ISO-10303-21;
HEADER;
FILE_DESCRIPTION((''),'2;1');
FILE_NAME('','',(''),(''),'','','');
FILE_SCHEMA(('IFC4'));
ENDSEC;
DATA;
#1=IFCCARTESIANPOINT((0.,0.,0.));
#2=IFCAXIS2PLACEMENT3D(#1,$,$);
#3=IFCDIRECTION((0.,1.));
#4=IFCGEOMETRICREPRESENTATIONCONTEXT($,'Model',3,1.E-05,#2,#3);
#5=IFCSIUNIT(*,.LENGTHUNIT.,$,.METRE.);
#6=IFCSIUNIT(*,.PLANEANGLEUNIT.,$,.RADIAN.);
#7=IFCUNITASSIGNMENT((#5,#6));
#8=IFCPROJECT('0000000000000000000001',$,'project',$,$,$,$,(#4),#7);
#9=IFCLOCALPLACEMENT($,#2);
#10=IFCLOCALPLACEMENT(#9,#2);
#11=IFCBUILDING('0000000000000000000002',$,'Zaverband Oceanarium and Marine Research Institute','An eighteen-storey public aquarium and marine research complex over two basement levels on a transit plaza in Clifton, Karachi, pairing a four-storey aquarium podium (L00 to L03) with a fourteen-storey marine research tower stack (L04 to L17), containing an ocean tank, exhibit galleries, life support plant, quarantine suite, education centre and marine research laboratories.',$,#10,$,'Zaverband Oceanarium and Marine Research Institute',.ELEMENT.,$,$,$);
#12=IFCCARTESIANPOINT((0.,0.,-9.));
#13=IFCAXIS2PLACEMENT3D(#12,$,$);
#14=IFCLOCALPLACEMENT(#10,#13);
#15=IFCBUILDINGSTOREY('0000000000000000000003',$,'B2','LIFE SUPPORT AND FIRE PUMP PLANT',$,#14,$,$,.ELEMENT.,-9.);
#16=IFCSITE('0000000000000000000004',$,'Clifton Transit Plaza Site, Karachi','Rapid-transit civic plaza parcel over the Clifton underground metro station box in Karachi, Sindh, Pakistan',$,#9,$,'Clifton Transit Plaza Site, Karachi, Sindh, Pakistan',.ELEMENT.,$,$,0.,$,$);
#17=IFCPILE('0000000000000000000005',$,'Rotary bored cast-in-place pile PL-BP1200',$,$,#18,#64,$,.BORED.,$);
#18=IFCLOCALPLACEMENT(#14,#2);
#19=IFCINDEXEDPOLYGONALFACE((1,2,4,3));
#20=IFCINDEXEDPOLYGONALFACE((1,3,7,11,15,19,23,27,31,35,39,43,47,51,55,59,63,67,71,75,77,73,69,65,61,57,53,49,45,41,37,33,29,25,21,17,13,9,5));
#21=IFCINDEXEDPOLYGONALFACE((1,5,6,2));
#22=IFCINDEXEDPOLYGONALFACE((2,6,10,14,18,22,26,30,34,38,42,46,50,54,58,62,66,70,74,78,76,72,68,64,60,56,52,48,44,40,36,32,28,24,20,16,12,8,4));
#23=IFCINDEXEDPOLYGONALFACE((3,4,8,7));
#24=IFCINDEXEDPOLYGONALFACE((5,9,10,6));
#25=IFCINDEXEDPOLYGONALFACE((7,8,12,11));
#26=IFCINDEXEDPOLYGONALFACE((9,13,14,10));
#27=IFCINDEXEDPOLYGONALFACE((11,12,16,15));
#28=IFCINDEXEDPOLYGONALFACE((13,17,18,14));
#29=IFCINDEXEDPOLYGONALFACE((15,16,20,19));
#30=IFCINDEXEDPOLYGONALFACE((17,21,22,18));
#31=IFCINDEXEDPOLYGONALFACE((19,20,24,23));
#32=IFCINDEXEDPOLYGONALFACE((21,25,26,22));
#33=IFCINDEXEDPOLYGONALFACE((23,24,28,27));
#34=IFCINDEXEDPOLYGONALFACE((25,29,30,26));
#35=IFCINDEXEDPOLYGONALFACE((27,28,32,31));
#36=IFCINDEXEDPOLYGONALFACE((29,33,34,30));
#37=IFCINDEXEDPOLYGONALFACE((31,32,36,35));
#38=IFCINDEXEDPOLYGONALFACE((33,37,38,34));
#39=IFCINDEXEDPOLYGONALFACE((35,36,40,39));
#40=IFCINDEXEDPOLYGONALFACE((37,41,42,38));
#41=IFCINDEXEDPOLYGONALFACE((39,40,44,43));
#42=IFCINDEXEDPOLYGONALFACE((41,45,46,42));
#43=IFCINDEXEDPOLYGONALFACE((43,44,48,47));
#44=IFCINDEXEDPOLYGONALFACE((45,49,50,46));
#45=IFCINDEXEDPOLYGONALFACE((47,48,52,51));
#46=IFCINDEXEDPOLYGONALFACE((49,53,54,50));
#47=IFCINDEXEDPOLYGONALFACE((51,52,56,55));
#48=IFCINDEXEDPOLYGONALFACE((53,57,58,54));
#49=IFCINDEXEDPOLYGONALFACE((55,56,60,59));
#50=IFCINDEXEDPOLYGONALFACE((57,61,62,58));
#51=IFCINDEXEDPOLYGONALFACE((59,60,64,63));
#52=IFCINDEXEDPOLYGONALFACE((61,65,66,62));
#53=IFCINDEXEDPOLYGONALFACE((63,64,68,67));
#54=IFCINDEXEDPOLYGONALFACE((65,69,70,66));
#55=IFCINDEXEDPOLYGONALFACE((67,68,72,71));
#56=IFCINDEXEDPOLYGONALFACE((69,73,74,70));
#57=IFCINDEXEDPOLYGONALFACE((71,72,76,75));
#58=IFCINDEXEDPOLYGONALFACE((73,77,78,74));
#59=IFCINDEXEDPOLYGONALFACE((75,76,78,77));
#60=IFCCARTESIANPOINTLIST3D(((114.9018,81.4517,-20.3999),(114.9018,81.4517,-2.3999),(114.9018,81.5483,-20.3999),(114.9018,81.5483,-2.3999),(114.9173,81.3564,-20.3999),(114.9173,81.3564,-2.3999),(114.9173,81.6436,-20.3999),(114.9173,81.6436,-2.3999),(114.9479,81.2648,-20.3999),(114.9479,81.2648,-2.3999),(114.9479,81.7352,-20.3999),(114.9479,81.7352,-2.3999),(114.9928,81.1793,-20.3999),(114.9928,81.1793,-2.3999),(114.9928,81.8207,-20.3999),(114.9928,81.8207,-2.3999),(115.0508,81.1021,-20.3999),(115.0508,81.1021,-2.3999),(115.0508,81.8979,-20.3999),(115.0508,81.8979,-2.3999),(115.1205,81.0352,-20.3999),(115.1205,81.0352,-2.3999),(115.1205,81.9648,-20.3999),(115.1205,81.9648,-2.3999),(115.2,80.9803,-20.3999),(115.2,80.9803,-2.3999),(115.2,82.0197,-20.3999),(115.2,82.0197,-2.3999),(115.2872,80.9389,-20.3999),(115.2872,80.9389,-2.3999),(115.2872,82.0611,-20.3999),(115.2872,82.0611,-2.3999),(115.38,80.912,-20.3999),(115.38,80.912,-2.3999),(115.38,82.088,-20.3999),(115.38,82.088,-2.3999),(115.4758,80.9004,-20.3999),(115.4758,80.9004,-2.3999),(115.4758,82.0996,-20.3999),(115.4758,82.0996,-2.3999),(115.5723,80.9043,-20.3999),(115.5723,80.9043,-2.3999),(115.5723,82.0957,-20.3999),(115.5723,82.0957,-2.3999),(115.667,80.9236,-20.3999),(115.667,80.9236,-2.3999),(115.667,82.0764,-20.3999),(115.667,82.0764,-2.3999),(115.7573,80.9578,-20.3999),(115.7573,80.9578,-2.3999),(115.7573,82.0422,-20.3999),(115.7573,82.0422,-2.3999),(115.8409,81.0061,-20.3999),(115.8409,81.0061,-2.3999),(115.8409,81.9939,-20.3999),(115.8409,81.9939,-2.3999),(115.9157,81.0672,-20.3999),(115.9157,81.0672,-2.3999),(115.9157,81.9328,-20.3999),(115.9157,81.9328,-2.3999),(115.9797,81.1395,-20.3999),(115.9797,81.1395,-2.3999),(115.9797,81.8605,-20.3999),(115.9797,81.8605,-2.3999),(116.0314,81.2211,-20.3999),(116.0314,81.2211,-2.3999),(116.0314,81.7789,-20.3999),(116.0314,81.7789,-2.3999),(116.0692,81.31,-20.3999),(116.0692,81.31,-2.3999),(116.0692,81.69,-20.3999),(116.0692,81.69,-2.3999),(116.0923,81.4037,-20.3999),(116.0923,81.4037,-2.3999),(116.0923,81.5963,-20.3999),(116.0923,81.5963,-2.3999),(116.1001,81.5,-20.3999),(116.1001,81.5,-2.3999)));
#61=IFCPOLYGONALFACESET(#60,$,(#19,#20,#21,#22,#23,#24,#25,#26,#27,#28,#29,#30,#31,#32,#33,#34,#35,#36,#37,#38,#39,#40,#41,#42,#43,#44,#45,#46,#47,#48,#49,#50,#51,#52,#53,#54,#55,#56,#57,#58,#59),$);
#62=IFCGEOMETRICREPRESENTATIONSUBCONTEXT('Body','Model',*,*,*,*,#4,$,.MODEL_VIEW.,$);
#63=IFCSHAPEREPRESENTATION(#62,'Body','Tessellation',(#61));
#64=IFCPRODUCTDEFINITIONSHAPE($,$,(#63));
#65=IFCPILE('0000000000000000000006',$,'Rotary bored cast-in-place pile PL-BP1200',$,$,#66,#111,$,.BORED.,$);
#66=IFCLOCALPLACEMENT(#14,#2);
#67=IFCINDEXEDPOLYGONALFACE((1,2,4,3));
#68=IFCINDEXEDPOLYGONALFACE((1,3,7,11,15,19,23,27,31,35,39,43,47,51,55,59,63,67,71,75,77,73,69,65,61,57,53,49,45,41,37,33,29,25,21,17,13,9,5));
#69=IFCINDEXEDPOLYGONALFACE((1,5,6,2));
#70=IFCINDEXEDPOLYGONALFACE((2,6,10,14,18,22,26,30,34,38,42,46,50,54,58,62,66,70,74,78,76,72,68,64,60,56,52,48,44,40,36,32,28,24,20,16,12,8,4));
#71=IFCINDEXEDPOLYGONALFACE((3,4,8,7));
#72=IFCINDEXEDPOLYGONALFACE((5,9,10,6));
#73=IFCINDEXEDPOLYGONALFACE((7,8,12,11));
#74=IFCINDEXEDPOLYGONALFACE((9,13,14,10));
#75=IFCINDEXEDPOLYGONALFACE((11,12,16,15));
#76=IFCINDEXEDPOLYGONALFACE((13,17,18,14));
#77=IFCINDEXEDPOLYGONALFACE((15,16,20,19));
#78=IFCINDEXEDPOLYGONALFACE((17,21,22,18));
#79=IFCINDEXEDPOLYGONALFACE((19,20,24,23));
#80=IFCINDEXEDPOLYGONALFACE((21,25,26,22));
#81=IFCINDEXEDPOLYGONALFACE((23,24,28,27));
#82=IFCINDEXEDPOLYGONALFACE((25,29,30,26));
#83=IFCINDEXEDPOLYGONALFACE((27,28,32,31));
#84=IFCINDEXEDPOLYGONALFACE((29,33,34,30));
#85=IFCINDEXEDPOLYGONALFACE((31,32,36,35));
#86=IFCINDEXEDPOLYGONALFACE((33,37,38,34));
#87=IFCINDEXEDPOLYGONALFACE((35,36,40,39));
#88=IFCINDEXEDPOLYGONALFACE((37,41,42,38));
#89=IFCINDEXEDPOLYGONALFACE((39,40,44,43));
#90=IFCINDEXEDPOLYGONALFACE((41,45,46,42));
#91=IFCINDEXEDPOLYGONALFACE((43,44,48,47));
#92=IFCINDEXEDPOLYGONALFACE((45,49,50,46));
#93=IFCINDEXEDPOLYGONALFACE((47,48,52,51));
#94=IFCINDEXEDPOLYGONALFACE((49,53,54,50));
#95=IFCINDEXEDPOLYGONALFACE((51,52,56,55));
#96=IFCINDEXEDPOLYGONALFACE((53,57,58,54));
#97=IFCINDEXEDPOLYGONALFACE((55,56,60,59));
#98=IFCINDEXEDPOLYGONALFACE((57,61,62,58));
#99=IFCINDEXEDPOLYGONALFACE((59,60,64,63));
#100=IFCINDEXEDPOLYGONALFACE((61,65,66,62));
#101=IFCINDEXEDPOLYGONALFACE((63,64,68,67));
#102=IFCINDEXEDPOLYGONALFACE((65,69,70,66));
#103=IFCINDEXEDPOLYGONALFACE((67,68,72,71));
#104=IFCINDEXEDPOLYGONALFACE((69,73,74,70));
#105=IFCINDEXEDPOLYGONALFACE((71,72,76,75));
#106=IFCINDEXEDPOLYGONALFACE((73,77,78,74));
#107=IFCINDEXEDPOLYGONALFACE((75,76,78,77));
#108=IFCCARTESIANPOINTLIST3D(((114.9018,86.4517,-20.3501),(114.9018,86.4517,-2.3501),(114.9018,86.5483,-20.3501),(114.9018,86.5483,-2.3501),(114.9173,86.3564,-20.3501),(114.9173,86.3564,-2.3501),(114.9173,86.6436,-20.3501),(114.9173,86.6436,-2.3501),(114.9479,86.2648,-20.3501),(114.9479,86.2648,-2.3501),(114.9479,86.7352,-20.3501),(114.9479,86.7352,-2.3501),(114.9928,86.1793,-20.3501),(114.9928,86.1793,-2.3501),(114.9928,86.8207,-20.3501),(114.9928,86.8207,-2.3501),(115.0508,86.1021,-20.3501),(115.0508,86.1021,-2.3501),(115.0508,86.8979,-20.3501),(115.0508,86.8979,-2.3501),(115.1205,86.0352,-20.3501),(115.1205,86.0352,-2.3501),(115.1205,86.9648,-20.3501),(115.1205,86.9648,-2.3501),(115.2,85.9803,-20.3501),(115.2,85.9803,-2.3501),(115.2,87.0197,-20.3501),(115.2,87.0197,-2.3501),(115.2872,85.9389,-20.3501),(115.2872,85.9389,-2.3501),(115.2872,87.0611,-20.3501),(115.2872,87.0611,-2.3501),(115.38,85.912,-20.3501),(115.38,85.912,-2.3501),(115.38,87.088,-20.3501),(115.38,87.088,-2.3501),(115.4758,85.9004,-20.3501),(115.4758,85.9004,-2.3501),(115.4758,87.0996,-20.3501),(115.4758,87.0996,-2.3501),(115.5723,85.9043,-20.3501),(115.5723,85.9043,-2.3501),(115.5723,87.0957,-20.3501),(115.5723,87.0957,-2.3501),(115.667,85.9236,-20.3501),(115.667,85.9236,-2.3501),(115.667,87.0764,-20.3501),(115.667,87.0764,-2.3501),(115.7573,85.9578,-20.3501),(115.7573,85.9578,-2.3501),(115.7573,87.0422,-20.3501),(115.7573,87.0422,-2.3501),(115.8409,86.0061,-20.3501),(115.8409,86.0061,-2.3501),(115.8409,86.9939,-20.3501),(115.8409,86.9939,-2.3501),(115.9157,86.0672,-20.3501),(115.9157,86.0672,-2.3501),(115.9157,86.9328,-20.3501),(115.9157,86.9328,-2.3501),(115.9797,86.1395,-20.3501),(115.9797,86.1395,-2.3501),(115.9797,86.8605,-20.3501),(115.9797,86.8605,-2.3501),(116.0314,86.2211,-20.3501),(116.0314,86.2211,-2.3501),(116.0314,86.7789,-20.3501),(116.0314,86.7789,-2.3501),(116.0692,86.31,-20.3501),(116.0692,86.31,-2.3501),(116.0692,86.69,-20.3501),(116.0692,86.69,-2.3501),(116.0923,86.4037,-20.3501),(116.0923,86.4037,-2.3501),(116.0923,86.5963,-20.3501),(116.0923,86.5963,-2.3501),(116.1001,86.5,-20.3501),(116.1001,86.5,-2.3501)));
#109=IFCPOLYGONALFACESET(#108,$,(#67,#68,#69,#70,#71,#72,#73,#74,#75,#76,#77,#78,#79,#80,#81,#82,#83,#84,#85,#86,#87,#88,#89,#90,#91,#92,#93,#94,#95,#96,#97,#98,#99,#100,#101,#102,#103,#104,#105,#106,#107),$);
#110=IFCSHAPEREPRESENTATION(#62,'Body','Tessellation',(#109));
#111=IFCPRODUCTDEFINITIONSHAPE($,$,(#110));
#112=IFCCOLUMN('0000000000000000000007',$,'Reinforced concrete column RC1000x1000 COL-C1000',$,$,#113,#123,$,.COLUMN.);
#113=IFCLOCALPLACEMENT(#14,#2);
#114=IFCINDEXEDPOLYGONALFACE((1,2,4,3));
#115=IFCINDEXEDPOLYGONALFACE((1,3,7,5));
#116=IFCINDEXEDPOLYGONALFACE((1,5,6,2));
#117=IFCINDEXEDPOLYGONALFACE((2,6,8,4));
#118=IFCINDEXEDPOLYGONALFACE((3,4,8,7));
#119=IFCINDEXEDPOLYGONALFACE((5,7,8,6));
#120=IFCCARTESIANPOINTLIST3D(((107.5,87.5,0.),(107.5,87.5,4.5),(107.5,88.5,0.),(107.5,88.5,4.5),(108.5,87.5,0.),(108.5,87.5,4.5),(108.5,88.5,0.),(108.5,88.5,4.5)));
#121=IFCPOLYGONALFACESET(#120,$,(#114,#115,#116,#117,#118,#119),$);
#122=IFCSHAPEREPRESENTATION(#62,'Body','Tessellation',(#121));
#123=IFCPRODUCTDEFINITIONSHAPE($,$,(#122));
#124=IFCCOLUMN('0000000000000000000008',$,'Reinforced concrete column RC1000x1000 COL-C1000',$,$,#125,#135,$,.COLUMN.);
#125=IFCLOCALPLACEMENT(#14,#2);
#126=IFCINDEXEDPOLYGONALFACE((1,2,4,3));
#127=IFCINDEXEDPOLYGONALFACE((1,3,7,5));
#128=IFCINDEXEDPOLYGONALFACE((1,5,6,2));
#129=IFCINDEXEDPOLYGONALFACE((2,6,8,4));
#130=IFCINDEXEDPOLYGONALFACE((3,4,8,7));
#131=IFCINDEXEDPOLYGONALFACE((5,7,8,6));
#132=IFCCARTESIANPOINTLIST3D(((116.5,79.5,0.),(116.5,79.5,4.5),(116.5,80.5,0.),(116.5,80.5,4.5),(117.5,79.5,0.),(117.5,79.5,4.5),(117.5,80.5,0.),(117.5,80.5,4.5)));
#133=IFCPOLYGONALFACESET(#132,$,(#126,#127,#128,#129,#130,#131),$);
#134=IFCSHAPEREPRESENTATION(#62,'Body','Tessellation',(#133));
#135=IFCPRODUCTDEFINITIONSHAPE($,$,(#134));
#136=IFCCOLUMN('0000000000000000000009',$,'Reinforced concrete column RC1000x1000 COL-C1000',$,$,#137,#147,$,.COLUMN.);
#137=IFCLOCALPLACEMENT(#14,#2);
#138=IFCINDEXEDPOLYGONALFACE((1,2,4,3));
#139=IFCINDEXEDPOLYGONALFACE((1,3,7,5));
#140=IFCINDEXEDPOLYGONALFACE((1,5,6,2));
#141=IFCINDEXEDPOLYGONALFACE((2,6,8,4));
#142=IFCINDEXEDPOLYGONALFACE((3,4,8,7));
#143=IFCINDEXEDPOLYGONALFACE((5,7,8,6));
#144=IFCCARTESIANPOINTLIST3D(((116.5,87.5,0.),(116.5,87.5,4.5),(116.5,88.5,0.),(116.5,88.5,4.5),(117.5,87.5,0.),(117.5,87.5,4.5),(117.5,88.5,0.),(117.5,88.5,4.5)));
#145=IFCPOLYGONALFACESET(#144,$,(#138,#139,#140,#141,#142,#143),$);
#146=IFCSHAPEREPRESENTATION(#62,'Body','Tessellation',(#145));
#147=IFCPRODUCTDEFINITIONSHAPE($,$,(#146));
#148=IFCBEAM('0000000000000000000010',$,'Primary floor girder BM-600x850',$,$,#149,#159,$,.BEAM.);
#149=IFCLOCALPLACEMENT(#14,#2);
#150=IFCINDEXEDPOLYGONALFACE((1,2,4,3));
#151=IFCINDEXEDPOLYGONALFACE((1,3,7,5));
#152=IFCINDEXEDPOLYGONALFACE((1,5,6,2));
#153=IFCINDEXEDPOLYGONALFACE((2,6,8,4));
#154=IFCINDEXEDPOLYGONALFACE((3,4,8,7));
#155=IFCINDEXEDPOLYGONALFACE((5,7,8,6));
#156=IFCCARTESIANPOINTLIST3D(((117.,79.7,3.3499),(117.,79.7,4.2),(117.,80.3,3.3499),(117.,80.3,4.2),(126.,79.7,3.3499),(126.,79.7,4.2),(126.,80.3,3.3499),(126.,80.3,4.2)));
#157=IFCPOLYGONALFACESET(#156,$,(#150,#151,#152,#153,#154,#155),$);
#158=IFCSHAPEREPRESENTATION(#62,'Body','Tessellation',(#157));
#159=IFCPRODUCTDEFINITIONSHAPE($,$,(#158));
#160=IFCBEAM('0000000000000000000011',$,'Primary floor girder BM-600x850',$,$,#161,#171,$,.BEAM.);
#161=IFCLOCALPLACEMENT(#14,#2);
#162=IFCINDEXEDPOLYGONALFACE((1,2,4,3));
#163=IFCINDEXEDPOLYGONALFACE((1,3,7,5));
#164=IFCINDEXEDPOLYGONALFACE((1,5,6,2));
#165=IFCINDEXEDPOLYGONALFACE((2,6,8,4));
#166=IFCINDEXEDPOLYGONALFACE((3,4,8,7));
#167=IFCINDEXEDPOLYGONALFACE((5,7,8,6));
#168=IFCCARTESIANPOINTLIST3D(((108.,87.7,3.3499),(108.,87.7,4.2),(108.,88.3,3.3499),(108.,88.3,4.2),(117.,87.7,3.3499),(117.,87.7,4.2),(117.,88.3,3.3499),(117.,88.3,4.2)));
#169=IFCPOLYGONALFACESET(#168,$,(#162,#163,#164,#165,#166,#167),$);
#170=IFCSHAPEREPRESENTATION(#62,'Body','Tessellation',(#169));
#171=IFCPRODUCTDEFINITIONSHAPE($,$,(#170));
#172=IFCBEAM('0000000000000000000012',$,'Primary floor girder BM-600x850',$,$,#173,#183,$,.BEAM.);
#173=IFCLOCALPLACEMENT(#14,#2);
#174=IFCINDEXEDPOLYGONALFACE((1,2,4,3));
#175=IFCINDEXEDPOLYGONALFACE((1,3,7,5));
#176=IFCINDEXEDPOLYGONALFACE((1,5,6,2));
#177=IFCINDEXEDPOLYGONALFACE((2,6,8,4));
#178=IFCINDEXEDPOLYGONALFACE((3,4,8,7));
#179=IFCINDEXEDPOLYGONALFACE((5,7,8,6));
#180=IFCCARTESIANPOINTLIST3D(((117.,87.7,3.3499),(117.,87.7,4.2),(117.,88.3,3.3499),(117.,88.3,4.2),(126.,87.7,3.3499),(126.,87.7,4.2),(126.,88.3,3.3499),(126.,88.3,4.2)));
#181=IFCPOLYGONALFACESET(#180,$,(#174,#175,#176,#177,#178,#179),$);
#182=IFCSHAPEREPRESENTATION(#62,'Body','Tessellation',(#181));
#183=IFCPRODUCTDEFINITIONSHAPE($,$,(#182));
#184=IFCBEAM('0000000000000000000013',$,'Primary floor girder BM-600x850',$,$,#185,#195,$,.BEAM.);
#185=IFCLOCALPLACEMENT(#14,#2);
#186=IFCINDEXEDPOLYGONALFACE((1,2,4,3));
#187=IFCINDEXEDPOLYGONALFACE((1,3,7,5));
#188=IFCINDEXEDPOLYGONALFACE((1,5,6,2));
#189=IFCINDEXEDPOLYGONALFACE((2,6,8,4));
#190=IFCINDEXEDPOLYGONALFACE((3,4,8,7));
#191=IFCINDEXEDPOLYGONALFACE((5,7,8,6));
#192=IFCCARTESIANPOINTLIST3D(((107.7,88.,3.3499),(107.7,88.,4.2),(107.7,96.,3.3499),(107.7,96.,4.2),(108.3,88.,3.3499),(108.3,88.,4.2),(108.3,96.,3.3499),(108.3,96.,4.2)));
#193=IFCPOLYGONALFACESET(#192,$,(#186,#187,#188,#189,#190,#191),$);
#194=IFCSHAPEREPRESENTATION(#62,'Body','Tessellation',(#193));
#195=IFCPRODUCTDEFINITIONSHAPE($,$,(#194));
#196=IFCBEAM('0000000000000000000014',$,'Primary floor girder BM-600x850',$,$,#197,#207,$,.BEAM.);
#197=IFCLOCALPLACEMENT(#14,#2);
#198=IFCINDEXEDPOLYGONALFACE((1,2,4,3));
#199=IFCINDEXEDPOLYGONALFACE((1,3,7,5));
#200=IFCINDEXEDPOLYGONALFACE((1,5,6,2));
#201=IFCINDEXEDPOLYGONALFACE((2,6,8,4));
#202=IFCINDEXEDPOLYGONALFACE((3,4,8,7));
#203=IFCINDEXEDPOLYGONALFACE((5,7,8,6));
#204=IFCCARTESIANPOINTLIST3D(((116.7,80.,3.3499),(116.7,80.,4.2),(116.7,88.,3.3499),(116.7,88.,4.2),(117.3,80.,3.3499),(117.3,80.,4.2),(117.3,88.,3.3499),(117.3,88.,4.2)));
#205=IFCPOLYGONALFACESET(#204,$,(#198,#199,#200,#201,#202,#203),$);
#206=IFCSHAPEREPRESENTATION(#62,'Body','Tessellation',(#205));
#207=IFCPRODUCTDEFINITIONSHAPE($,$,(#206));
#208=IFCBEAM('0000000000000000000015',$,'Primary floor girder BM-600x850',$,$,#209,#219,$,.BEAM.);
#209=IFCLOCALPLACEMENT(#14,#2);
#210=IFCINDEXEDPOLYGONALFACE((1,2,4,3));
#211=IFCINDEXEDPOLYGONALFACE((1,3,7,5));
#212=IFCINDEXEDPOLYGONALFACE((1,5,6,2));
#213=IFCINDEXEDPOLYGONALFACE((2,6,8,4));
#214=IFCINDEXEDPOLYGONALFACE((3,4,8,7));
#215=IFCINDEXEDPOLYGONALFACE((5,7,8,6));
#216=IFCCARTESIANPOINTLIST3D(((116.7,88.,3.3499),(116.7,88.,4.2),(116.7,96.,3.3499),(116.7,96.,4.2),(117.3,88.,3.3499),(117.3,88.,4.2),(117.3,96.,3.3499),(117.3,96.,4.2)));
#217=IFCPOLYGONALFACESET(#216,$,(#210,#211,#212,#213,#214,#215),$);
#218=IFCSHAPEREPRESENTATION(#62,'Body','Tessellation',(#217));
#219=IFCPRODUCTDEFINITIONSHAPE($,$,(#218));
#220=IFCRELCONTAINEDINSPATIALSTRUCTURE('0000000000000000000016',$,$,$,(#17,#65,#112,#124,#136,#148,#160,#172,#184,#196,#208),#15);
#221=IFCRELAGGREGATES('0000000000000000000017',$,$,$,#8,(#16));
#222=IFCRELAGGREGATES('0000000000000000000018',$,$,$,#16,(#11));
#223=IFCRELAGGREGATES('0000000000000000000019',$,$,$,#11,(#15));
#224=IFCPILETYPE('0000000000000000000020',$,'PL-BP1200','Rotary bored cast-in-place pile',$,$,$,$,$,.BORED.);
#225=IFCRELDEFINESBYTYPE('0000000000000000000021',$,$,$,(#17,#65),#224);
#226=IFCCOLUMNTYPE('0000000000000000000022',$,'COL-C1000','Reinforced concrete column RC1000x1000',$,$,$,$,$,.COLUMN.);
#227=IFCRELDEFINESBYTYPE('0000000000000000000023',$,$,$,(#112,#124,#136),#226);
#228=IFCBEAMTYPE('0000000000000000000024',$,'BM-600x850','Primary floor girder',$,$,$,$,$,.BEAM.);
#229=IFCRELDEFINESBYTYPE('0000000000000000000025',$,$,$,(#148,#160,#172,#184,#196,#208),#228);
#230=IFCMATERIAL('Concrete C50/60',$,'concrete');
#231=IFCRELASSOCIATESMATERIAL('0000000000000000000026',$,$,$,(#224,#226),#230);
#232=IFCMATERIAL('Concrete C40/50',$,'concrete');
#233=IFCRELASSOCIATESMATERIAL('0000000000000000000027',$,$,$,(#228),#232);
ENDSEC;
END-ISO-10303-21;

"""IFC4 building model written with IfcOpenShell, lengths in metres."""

from ifc_helpers import new_model, si_unit, direction, frame, origin, origin_2d, place, context, subcontext, project, spatial, rectangle, circle, extrude, material, material_profile, profile_set, type_object, element, save


model = new_model("IFC4")

# Units and contexts
model_context = context("Model", 3, precision=1e-05, world=origin(), true_north=direction((0.0, 1.0)))
body_context = subcontext(model_context, "Body", "Model", "MODEL_VIEW")
ifc_project = project(units=[si_unit("LENGTHUNIT", "METRE"), si_unit("PLANEANGLEUNIT", "RADIAN")], contexts=[model_context])

# Site, building, storey
site_placement = place(None, origin())
site = spatial("IfcSite", under=ifc_project, at=site_placement, Name="Clifton Transit Plaza Site, Karachi", Description="Rapid-transit civic plaza parcel over the Clifton underground metro station box in Karachi, Sindh, Pakistan", LongName="Clifton Transit Plaza Site, Karachi, Sindh, Pakistan", CompositionType="ELEMENT", RefElevation=0.0)
building_placement = place(site_placement, origin())
building = spatial("IfcBuilding", under=site, at=building_placement, Name="Zaverband Oceanarium and Marine Research Institute", Description="An eighteen-storey public aquarium and marine research complex over two basement levels on a transit plaza in Clifton, Karachi, pairing a four-storey aquarium podium (L00 to L03) with a fourteen-storey marine research tower stack (L04 to L17), containing an ocean tank, exhibit galleries, life support plant, quarantine suite, education centre and marine research laboratories.", LongName="Zaverband Oceanarium and Marine Research Institute", CompositionType="ELEMENT")
storey_placement = place(building_placement, frame((0.0, 0.0, -9.0)))
storey = spatial("IfcBuildingStorey", under=building, at=storey_placement, Name="B2", Description="LIFE SUPPORT AND FIRE PUMP PLANT", CompositionType="ELEMENT", Elevation=-9.0)

# Shared definitions
ifc_material_1 = material(Name="Concrete C50/60", Category="concrete")

# Piles
ifc_material_profile_1 = material_profile(ifc_material_1, circle(Radius=0.6001, at=origin_2d()), Name="BP1200")
ifc_profile_set_1 = profile_set([ifc_material_profile_1], Name="Concrete C50/60")
pile_type_1 = type_object("IfcPileType", Name="PL-BP1200", Description="Rotary bored cast-in-place pile", PredefinedType="BORED", material=ifc_profile_set_1)
for number, where, z_axis, x_axis, name in (
    (1, (115.5, 81.5, -2.3999), (0.0, 0.0, -1.0), (1.0, 0.0, 0.0), "Rotary bored cast-in-place pile PL-BP1200"),
    (2, (115.5, 86.5, -2.3501), (0.0, 0.0, -1.0), (1.0, 0.0, 0.0), "Rotary bored cast-in-place pile PL-BP1200"),
):
    element("IfcPile", number, at=place(storey_placement, frame(where, z_axis=z_axis, x_axis=x_axis)), inside=storey, type_object=pile_type_1, Name=name, PredefinedType="BORED", context=body_context, shape_type="SweptSolid", body=[
        extrude(circle(Radius=0.6001, at=origin_2d()), origin(), (0.0, 0.0, 1.0), 18.0),
    ])

# Columns
ifc_material_profile_2 = material_profile(ifc_material_1, rectangle(XDim=1.0, YDim=1.0, at=origin_2d()), Name="RC1000x1000")
ifc_profile_set_2 = profile_set([ifc_material_profile_2], Name="Concrete C50/60")
column_type = type_object("IfcColumnType", Name="COL-C1000", Description="Reinforced concrete column RC1000x1000", PredefinedType="COLUMN", material=ifc_profile_set_2)
for number, where, z_axis, x_axis, name in (
    (3, (108.0, 88.0, 0.0), (0.0, 0.0, 1.0), (1.0, 0.0, 0.0), "Reinforced concrete column RC1000x1000 COL-C1000"),
    (4, (117.0, 80.0, 0.0), (0.0, 0.0, 1.0), (1.0, 0.0, 0.0), "Reinforced concrete column RC1000x1000 COL-C1000"),
    (5, (117.0, 88.0, 0.0), (0.0, 0.0, 1.0), (1.0, 0.0, 0.0), "Reinforced concrete column RC1000x1000 COL-C1000"),
):
    element("IfcColumn", number, at=place(storey_placement, frame(where, z_axis=z_axis, x_axis=x_axis)), inside=storey, type_object=column_type, Name=name, PredefinedType="COLUMN", context=body_context, shape_type="SweptSolid", body=[
        extrude(rectangle(XDim=1.0, YDim=1.0, at=origin_2d()), origin(), (0.0, 0.0, 1.0), 4.5),
    ])

# Beams
ifc_material_2 = material(Name="Concrete C40/50", Category="concrete")
ifc_material_profile_3 = material_profile(ifc_material_2, rectangle(XDim=0.6001, YDim=0.8501, at=origin_2d()), Name="RC600x850")
ifc_profile_set_3 = profile_set([ifc_material_profile_3], Name="Concrete C40/50")
beam_type_1 = type_object("IfcBeamType", Name="BM-600x850", Description="Primary floor girder", PredefinedType="BEAM", material=ifc_profile_set_3)
for number, where, z_axis, x_axis, name in (
    (6, (117.0, 80.0, 3.7749), (1.0, 0.0, 0.0), (0.0, 1.0, 0.0), "Primary floor girder BM-600x850"),
    (7, (108.0, 88.0, 3.7749), (1.0, 0.0, 0.0), (0.0, 1.0, 0.0), "Primary floor girder BM-600x850"),
    (8, (117.0, 88.0, 3.7749), (1.0, 0.0, 0.0), (0.0, 1.0, 0.0), "Primary floor girder BM-600x850"),
):
    element("IfcBeam", number, at=place(storey_placement, frame(where, z_axis=z_axis, x_axis=x_axis)), inside=storey, type_object=beam_type_1, Name=name, PredefinedType="BEAM", context=body_context, shape_type="SweptSolid", body=[
        extrude(rectangle(XDim=0.6001, YDim=0.8501, at=origin_2d()), origin(), (0.0, 0.0, 1.0), 9.0),
    ])
for number, where, z_axis, x_axis, name in (
    (9, (108.0, 88.0, 3.7749), (0.0, 1.0, 0.0), (-1.0, 0.0, 0.0), "Primary floor girder BM-600x850"),
    (10, (117.0, 80.0, 3.7749), (0.0, 1.0, 0.0), (-1.0, 0.0, 0.0), "Primary floor girder BM-600x850"),
    (11, (117.0, 88.0, 3.7749), (0.0, 1.0, 0.0), (-1.0, 0.0, 0.0), "Primary floor girder BM-600x850"),
):
    element("IfcBeam", number, at=place(storey_placement, frame(where, z_axis=z_axis, x_axis=x_axis)), inside=storey, type_object=beam_type_1, Name=name, PredefinedType="BEAM", context=body_context, shape_type="SweptSolid", body=[
        extrude(rectangle(XDim=0.6001, YDim=0.8501, at=origin_2d()), origin(), (0.0, 0.0, 1.0), 8.0),
    ])

save(model, "model.ifc")
